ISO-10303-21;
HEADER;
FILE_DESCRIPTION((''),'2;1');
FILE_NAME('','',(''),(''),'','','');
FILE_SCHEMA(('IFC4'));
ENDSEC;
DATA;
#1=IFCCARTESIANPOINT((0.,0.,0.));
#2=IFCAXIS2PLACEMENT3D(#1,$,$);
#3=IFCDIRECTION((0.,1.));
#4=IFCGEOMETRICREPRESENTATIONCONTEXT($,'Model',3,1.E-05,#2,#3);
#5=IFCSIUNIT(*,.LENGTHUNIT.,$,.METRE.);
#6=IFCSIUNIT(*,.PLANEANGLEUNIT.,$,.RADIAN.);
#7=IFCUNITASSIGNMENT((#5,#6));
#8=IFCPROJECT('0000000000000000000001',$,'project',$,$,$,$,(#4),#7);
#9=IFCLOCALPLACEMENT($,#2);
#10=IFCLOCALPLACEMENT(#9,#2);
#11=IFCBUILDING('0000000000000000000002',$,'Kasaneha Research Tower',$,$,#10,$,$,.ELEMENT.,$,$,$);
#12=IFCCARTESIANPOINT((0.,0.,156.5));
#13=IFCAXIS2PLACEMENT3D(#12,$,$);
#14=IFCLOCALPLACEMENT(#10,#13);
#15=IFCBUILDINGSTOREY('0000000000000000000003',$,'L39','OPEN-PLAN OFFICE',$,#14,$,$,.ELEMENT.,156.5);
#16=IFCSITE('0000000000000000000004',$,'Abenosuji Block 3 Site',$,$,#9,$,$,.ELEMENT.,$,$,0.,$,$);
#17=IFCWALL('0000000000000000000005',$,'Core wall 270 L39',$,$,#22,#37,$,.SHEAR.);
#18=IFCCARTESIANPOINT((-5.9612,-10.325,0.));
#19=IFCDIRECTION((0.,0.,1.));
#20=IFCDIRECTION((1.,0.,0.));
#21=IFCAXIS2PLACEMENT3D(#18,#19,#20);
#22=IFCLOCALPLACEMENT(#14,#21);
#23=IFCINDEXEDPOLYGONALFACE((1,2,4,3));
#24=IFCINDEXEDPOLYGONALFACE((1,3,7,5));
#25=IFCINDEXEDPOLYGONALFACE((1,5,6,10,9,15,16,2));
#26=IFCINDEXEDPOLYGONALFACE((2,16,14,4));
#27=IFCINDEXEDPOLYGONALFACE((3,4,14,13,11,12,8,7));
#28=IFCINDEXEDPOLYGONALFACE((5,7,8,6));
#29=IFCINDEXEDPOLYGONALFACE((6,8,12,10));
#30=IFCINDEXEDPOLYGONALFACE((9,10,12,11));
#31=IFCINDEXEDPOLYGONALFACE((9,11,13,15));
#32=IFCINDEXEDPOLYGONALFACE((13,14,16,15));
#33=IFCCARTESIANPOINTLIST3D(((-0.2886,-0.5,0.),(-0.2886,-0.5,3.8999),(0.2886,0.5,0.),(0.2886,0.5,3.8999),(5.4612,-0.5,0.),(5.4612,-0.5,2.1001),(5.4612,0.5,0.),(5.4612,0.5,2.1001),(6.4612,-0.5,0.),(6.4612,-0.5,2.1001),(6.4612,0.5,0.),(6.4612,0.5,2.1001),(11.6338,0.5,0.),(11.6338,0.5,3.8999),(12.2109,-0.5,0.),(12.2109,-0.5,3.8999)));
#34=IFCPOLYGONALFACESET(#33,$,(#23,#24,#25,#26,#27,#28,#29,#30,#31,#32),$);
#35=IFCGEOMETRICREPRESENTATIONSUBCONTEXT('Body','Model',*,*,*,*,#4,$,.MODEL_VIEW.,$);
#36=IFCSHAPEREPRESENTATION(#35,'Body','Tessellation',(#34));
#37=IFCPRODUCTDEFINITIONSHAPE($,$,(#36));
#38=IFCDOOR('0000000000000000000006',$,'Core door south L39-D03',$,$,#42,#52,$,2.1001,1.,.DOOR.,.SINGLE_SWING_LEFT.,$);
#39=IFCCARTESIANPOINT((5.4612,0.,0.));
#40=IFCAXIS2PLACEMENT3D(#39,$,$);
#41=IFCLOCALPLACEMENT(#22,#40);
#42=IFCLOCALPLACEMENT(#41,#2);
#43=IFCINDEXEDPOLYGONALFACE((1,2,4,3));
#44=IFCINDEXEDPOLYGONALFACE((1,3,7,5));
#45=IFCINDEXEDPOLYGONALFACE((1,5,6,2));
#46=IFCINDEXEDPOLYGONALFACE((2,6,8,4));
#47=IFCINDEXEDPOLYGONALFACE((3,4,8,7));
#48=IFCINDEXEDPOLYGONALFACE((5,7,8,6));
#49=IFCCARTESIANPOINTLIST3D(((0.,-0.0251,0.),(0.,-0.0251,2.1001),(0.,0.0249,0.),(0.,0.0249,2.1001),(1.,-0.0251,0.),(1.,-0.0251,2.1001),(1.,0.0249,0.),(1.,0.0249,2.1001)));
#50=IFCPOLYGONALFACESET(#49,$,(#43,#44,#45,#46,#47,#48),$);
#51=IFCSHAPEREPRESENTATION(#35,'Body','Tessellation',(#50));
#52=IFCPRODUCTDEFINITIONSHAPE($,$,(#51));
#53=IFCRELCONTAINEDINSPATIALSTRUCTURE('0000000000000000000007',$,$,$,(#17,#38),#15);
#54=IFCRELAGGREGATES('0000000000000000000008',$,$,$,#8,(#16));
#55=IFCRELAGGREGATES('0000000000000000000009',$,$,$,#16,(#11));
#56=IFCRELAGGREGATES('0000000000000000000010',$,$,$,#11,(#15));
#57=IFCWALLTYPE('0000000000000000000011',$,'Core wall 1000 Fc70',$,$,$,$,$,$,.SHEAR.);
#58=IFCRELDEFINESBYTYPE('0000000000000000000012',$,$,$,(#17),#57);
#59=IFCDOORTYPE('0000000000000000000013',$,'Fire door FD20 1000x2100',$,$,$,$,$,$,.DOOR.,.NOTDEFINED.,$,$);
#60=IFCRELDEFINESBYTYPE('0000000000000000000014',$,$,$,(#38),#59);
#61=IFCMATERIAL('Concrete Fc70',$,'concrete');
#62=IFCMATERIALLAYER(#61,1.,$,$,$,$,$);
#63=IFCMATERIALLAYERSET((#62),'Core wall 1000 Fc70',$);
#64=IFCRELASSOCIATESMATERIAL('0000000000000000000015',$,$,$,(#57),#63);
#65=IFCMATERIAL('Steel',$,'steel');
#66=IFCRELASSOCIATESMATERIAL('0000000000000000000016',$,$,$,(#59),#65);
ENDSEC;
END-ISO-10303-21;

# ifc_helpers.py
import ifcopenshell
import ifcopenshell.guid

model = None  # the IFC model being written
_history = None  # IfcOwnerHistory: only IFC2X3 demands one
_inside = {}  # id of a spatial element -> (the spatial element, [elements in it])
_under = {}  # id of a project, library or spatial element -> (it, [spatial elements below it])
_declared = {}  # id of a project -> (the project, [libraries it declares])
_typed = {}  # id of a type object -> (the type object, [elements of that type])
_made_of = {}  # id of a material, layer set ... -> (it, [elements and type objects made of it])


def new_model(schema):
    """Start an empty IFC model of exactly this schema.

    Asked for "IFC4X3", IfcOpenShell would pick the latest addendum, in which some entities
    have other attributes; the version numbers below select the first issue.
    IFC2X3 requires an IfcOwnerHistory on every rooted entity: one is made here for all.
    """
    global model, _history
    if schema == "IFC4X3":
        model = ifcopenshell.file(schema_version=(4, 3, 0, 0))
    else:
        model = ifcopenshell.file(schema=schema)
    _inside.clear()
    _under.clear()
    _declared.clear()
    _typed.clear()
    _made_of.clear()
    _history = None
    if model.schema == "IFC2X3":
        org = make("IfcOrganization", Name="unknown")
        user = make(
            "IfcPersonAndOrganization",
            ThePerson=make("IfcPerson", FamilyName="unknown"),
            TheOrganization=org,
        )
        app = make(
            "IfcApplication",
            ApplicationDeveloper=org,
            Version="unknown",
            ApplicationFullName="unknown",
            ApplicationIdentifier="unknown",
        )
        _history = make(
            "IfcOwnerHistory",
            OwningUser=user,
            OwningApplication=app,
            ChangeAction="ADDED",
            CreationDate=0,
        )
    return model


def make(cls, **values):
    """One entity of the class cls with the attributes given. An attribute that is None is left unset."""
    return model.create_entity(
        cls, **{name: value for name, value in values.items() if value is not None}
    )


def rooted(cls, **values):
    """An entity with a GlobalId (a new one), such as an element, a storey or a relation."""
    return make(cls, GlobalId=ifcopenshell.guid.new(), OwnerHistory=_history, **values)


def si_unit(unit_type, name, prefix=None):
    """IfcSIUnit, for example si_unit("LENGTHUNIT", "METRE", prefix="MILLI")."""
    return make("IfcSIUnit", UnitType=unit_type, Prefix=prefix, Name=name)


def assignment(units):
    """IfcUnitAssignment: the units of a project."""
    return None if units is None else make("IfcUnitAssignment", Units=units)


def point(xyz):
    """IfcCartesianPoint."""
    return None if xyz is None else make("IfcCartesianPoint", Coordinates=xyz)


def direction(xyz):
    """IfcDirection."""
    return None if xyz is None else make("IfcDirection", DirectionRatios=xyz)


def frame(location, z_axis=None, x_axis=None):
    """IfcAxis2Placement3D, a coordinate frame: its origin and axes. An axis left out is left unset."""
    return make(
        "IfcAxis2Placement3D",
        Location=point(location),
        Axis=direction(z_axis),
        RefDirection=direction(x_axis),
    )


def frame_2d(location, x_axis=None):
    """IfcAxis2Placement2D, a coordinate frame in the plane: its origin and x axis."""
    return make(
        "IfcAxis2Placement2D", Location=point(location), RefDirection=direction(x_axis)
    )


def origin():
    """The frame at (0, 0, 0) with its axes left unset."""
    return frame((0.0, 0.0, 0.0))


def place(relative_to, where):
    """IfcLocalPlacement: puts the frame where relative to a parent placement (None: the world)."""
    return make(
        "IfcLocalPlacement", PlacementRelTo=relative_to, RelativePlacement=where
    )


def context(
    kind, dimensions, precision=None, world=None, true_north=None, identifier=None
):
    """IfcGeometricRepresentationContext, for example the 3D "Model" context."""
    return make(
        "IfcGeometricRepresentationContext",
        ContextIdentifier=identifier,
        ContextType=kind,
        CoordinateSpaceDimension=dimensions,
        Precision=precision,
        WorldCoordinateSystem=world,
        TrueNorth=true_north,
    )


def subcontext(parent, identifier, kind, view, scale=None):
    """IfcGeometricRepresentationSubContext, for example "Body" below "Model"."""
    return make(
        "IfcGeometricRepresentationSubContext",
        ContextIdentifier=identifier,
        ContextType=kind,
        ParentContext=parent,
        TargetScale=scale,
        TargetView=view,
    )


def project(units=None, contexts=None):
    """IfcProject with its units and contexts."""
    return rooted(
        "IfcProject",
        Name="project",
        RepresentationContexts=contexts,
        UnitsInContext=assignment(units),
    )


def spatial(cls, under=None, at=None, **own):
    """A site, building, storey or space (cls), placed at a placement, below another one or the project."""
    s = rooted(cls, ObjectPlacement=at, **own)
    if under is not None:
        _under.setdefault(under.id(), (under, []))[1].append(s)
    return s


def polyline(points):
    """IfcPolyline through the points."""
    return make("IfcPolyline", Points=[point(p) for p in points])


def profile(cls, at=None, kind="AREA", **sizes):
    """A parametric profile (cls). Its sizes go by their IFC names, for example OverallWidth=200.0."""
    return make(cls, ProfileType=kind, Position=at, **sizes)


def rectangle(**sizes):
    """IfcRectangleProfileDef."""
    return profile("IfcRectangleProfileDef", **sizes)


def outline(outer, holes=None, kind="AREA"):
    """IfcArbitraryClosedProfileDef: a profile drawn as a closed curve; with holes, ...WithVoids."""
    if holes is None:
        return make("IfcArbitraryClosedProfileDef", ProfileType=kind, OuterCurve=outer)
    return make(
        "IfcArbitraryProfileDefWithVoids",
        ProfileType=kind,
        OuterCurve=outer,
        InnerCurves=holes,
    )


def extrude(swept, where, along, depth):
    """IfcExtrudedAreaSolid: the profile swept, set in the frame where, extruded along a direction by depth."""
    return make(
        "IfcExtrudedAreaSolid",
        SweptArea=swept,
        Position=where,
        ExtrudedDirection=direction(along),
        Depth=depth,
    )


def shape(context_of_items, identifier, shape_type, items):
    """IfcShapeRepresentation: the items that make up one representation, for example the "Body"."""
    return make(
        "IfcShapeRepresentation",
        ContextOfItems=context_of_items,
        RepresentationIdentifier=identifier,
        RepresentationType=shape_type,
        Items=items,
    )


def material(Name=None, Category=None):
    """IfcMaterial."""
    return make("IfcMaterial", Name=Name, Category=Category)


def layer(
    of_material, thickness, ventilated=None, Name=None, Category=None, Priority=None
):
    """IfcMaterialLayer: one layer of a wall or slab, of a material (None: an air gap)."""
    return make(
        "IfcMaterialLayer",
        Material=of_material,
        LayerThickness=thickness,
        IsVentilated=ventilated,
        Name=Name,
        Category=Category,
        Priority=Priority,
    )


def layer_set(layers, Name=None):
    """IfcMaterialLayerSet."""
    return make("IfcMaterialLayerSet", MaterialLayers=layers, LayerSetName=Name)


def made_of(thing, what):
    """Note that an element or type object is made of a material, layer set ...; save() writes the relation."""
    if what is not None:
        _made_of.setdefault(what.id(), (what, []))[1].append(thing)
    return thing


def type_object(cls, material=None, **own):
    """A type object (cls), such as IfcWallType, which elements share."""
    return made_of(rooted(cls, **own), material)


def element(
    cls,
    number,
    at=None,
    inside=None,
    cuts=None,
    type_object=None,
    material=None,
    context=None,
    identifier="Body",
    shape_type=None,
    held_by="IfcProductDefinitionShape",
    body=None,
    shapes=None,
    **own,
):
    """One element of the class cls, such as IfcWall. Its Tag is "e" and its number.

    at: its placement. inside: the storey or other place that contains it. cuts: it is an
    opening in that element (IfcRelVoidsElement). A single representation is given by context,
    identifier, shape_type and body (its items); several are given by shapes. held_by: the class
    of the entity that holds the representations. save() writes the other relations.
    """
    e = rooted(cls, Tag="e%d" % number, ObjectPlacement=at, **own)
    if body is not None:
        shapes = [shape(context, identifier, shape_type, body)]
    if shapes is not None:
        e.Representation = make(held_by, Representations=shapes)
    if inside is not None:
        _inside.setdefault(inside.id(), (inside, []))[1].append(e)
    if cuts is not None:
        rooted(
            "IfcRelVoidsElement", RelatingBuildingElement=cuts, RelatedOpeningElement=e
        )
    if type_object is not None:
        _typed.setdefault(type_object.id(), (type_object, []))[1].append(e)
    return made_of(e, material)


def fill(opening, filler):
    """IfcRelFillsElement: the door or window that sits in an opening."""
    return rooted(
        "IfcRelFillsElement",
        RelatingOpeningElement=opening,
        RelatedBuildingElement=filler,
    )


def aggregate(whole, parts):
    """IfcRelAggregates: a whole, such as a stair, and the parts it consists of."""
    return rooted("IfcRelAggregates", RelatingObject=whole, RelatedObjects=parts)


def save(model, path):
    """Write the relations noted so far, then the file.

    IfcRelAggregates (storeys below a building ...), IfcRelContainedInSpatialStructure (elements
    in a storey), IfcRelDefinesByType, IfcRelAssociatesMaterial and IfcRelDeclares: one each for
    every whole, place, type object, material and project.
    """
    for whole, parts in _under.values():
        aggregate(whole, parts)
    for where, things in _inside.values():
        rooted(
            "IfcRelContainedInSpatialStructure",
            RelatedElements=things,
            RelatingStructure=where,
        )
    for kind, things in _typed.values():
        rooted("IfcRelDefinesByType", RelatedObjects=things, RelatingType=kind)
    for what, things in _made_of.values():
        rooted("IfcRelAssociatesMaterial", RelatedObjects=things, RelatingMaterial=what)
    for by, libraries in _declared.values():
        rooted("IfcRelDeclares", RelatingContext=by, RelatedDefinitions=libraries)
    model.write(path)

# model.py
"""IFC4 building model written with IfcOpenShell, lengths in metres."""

from ifc_helpers import new_model, si_unit, direction, frame, frame_2d, origin, place, context, subcontext, project, spatial, polyline, rectangle, outline, extrude, material, layer, layer_set, type_object, element, fill, save


model = new_model("IFC4")

# Units and contexts
model_context = context("Model", 3, precision=1e-05, world=origin(), true_north=direction((0.0, 1.0)))
body_context = subcontext(model_context, "Body", "Model", "MODEL_VIEW")
ifc_project = project(units=[si_unit("LENGTHUNIT", "METRE"), si_unit("PLANEANGLEUNIT", "RADIAN")], contexts=[model_context])

# Site, building, storey
site_placement = place(None, origin())
site = spatial("IfcSite", under=ifc_project, at=site_placement, Name="Abenosuji Block 3 Site", CompositionType="ELEMENT", RefElevation=0.0)
building_placement = place(site_placement, origin())
building = spatial("IfcBuilding", under=site, at=building_placement, Name="Kasaneha Research Tower", CompositionType="ELEMENT")
storey_placement = place(building_placement, frame((0.0, 0.0, 156.5)))
storey = spatial("IfcBuildingStorey", under=building, at=storey_placement, Name="L39", Description="OPEN-PLAN OFFICE", CompositionType="ELEMENT", Elevation=156.5)

# Wall, opening, door
ifc_material_1 = material(Name="Concrete Fc70", Category="concrete")
ifc_layer_1 = layer(ifc_material_1, 1.0)
ifc_layer_set_1 = layer_set([ifc_layer_1], Name="Core wall 1000 Fc70")
wall_type_1 = type_object("IfcWallType", Name="Core wall 1000 Fc70", PredefinedType="SHEAR", material=ifc_layer_set_1)
wall_1_placement = place(storey_placement, frame((-5.9612, -10.325, 0.0), z_axis=(0.0, 0.0, 1.0), x_axis=(1.0, 0.0, 0.0)))
wall_1 = element("IfcWall", 1, at=wall_1_placement, inside=storey, type_object=wall_type_1, Name="Core wall 270 L39", PredefinedType="SHEAR", context=body_context, shape_type="SweptSolid", body=[
    extrude(outline(polyline([(-0.2886, -0.5), (5.4612, -0.5), (6.4612, -0.5), (12.2109, -0.5), (11.6338, 0.5), (6.4612, 0.5), (5.4612, 0.5), (0.2886, 0.5), (-0.2886, -0.5)])), origin(), (0.0, 0.0, 1.0), 3.8999),
])
opening_1_placement = place(wall_1_placement, frame((5.4612, 0.0, 0.0)))
opening_1 = element("IfcOpeningElement", 2, at=opening_1_placement, cuts=wall_1, PredefinedType="OPENING", context=body_context, shape_type="SweptSolid", body=[
    extrude(rectangle(XDim=1.0, YDim=2.1001, at=frame_2d((0.5, 1.05))), frame((0.0, 0.51, 0.0), z_axis=(0.0, -1.0, 0.0), x_axis=(1.0, 0.0, 0.0)), (0.0, 0.0, 1.0), 1.02),
])
ifc_material_2 = material(Name="Steel", Category="steel")
door_type_1 = type_object("IfcDoorType", Name="Fire door FD20 1000x2100", OperationType="NOTDEFINED", PredefinedType="DOOR", material=ifc_material_2)
door_1_placement = place(opening_1_placement, origin())
door_1 = element("IfcDoor", 3, at=door_1_placement, inside=storey, type_object=door_type_1, Name="Core door south L39-D03", OperationType="SINGLE_SWING_LEFT", OverallHeight=2.1001, OverallWidth=1.0, PredefinedType="DOOR", context=body_context, shape_type="SweptSolid", body=[
    extrude(rectangle(XDim=1.0, YDim=2.1001, at=frame_2d((0.5, 1.05))), frame((0.0, 0.0249, 0.0), z_axis=(0.0, -1.0, 0.0), x_axis=(1.0, 0.0, 0.0)), (0.0, 0.0, 1.0), 0.05),
])
fill(opening_1, door_1)

save(model, "model.ifc")
